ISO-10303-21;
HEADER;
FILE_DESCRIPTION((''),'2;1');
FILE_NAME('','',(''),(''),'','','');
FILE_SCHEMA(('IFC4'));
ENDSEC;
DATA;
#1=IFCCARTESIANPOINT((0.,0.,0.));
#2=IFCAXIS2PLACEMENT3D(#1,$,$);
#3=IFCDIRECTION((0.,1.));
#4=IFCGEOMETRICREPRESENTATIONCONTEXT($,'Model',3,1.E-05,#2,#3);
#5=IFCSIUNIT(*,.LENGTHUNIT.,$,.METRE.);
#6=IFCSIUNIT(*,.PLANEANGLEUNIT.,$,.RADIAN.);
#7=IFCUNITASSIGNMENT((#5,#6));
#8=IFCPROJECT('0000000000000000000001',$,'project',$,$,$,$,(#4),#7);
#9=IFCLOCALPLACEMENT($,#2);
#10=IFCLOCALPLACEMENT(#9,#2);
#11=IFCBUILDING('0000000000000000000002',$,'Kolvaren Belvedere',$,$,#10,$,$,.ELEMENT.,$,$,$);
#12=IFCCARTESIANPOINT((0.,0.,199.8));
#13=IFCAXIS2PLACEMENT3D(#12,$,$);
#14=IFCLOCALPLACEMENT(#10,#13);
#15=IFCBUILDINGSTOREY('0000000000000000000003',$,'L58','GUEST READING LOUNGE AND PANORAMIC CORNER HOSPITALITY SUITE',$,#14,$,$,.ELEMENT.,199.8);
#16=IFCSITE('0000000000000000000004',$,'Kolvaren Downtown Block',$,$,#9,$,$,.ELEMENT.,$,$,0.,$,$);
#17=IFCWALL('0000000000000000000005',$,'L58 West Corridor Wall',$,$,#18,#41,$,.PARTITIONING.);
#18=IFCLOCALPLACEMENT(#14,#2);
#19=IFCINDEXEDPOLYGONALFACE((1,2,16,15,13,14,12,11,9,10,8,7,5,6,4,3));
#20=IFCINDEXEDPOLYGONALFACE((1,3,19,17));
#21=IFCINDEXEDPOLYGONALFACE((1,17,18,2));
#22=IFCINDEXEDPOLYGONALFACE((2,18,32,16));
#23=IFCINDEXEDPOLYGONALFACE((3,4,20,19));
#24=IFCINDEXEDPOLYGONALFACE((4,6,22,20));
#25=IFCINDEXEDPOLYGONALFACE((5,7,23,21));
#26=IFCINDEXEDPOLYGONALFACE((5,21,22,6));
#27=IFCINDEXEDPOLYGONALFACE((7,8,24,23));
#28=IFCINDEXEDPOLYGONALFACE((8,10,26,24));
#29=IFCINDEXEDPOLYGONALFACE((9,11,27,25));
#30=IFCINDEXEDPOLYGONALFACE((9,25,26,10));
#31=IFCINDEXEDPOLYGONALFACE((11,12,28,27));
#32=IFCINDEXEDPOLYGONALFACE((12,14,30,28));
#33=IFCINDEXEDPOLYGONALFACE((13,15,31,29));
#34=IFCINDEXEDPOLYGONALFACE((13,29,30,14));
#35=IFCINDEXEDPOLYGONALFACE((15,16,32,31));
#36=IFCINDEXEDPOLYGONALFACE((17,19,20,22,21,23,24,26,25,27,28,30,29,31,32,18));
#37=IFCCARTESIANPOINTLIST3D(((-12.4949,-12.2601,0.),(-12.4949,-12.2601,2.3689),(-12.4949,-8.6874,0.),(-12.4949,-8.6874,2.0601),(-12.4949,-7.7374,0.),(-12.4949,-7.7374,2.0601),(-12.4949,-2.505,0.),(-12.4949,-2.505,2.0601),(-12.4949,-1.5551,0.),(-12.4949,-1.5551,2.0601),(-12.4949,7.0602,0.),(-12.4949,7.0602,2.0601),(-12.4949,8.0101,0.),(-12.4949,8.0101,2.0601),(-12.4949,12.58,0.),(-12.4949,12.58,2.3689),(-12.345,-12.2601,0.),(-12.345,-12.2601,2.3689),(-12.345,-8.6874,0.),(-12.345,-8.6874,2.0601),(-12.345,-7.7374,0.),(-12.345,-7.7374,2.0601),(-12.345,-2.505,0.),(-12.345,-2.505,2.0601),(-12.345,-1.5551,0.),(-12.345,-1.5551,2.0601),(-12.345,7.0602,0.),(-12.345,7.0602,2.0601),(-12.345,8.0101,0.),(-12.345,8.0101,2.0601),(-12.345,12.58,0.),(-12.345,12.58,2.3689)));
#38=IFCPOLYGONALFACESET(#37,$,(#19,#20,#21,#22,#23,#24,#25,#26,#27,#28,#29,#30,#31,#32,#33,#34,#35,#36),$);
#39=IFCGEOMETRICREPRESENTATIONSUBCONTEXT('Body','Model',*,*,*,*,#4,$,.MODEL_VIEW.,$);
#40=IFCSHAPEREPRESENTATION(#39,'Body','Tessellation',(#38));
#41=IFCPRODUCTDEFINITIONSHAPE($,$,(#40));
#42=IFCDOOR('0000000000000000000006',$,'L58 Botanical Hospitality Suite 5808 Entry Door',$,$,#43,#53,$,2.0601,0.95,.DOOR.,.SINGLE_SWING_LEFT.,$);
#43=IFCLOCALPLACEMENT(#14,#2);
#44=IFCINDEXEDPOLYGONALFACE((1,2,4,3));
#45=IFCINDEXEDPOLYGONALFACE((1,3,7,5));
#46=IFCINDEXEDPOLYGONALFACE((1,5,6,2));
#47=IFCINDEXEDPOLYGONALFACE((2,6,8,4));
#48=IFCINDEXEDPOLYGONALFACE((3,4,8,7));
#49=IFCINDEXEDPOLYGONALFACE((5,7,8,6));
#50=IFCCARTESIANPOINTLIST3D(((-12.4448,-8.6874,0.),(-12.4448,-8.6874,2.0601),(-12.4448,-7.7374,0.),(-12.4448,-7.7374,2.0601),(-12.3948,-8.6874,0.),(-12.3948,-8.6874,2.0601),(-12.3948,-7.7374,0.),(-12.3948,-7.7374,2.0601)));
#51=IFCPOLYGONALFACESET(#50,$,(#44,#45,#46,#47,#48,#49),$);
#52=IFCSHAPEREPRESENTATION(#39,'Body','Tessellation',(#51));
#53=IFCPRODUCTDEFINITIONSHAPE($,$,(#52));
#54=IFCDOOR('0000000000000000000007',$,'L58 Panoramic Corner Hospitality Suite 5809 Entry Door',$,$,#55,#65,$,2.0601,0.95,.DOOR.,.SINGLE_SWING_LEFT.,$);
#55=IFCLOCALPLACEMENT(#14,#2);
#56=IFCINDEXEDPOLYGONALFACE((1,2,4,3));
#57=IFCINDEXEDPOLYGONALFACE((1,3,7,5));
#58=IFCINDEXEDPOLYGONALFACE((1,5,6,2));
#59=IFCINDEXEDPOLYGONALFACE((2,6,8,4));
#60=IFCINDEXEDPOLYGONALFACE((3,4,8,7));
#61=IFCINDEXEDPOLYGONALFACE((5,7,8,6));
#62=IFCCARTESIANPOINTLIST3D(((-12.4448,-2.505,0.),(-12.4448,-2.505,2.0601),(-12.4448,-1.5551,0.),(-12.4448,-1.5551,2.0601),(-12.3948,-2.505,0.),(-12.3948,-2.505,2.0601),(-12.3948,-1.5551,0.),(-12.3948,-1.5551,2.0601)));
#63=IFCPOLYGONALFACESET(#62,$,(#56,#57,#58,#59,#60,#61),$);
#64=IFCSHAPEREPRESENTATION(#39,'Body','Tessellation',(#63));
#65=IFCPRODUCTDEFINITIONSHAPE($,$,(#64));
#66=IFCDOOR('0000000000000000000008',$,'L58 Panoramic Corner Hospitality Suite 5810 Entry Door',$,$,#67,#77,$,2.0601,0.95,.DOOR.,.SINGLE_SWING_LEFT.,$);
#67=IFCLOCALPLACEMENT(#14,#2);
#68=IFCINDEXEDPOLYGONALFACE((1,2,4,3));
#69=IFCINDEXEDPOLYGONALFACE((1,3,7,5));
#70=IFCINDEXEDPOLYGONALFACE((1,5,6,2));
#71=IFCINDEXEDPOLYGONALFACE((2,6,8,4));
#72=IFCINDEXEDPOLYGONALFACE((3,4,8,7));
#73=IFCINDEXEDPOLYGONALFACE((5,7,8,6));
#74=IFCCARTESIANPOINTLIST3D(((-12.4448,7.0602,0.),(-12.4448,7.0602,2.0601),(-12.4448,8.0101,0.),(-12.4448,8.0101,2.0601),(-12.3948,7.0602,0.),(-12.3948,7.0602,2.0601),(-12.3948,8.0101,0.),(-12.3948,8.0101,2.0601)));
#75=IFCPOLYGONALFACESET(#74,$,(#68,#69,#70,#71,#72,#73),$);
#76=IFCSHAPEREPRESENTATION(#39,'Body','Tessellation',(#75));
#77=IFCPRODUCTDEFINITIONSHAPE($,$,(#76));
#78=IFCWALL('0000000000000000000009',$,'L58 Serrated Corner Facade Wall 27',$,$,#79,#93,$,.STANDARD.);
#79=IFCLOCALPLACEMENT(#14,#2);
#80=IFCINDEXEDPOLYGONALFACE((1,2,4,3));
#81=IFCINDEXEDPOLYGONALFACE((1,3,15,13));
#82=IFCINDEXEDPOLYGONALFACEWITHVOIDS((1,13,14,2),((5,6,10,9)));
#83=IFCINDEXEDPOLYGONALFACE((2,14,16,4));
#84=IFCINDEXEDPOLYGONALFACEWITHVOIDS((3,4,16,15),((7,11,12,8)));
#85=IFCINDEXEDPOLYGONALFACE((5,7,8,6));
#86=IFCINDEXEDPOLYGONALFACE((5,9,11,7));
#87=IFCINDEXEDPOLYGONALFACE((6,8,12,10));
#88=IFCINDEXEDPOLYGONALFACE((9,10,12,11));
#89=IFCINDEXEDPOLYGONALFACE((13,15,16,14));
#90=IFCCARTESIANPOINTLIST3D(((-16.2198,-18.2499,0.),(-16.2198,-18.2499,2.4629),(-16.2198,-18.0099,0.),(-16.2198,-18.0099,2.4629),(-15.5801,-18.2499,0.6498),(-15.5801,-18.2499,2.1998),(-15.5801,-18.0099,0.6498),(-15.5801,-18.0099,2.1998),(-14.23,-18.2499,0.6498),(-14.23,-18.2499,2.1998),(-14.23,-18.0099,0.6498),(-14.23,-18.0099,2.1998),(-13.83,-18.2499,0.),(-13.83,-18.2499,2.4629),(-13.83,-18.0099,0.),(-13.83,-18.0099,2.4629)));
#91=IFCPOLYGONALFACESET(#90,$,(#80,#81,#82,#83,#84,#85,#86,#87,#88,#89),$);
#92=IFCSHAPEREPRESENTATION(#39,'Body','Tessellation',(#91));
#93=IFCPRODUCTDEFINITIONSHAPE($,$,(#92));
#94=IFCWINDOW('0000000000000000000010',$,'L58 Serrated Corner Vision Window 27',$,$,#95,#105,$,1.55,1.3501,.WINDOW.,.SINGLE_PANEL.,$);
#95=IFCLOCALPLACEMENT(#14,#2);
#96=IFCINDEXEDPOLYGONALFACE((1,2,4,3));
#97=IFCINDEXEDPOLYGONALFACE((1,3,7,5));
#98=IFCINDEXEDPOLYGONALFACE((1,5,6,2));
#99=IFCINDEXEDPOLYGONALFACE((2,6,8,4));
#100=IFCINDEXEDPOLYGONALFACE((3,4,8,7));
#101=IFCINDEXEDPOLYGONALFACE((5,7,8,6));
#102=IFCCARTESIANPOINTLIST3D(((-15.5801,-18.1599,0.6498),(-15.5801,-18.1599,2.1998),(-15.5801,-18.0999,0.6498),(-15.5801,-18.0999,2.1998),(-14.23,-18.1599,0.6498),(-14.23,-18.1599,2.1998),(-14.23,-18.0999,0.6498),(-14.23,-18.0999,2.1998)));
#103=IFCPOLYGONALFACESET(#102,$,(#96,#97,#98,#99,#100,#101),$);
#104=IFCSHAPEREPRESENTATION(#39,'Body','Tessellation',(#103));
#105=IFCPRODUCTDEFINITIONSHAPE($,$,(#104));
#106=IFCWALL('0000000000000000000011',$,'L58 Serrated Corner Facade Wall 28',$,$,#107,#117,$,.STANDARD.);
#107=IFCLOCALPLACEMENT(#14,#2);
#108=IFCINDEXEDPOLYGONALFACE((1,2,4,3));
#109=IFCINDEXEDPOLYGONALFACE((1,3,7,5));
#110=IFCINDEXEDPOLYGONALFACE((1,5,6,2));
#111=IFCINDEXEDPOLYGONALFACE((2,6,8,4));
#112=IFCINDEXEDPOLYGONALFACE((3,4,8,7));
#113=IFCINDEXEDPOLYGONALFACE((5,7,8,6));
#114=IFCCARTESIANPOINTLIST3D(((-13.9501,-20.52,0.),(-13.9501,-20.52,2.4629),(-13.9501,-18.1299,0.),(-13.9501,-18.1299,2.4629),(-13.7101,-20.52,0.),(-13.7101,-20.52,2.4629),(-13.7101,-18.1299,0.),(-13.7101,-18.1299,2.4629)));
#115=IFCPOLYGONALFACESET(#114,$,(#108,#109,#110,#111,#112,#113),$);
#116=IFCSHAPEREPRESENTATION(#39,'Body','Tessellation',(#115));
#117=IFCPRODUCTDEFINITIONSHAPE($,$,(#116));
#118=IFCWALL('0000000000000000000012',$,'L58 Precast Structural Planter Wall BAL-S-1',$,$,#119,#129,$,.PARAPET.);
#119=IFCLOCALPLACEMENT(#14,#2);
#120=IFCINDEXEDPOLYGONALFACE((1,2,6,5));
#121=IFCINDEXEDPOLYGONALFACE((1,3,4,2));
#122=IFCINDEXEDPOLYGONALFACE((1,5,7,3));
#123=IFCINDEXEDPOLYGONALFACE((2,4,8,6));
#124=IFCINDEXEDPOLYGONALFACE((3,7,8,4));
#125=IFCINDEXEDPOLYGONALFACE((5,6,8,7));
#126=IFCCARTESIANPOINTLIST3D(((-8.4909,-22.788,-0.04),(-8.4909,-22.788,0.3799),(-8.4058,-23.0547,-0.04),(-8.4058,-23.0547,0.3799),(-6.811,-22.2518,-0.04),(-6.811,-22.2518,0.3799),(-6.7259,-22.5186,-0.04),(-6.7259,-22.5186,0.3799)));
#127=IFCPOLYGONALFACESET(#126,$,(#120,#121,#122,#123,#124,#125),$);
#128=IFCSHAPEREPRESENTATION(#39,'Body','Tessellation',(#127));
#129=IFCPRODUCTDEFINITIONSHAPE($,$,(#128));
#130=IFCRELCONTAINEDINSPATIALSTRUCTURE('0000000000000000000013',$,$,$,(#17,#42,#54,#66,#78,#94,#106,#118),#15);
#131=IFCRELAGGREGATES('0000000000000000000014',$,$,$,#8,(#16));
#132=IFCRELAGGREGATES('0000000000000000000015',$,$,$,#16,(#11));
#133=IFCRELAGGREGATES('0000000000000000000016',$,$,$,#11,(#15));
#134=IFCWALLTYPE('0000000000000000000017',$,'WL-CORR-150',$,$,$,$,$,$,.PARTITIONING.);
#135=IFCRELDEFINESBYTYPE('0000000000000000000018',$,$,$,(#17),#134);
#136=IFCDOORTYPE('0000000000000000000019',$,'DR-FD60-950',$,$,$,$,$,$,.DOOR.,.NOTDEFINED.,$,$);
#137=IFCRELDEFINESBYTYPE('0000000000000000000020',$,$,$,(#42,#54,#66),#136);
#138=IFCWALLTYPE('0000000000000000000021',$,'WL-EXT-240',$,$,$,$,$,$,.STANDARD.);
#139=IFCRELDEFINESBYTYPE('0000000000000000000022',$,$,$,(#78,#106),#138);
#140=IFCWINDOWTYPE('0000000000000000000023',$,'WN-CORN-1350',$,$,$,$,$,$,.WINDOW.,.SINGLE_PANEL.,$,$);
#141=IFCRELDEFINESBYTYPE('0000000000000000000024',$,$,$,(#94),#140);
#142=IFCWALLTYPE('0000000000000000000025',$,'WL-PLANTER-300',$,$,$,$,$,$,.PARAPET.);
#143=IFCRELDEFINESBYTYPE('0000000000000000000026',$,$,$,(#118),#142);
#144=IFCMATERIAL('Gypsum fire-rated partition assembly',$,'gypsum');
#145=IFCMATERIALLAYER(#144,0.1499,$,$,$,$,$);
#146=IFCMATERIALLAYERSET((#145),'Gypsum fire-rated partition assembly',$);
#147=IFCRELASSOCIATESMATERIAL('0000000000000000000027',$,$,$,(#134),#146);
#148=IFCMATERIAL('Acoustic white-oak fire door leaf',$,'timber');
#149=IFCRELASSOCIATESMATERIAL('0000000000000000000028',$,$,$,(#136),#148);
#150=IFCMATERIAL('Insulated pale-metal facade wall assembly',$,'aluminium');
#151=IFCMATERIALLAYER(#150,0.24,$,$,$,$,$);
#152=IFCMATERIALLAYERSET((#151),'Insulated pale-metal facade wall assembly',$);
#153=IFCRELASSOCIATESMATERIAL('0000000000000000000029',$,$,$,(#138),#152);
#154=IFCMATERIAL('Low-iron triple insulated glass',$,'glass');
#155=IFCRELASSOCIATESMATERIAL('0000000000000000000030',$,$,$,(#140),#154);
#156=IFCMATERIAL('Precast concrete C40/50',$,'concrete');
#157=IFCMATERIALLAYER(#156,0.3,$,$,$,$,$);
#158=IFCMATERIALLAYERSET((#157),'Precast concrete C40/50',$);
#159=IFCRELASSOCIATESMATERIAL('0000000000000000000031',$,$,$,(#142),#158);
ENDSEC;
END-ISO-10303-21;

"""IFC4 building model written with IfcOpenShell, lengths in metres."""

from ifc_helpers import new_model, si_unit, direction, frame, frame_2d, origin, place, context, subcontext, project, spatial, rectangle, extrude, material, layer, layer_set, type_object, element, fill, save


model = new_model("IFC4")

# Units and contexts
model_context = context("Model", 3, precision=1e-05, world=origin(), true_north=direction((0.0, 1.0)))
body_context = subcontext(model_context, "Body", "Model", "MODEL_VIEW")
ifc_project = project(units=[si_unit("LENGTHUNIT", "METRE"), si_unit("PLANEANGLEUNIT", "RADIAN")], contexts=[model_context])

# Site, building, storey
site_placement = place(None, origin())
site = spatial("IfcSite", under=ifc_project, at=site_placement, Name="Kolvaren Downtown Block", CompositionType="ELEMENT", RefElevation=0.0)
building_placement = place(site_placement, origin())
building = spatial("IfcBuilding", under=site, at=building_placement, Name="Kolvaren Belvedere", CompositionType="ELEMENT")
storey_placement = place(building_placement, frame((0.0, 0.0, 199.8)))
storey = spatial("IfcBuildingStorey", under=building, at=storey_placement, Name="L58", Description="GUEST READING LOUNGE AND PANORAMIC CORNER HOSPITALITY SUITE", CompositionType="ELEMENT", Elevation=199.8)

# Wall, openings, doors
ifc_material_1 = material(Name="Gypsum fire-rated partition assembly", Category="gypsum")
ifc_layer_1 = layer(ifc_material_1, 0.1499)
ifc_layer_set_1 = layer_set([ifc_layer_1], Name="Gypsum fire-rated partition assembly")
wall_type_1 = type_object("IfcWallType", Name="WL-CORR-150", PredefinedType="PARTITIONING", material=ifc_layer_set_1)
wall_1_placement = place(storey_placement, frame((-12.4199, -12.26, 0.0), z_axis=(0.0, 0.0, 1.0), x_axis=(0.0, 1.0, 0.0)))
wall_1 = element("IfcWall", 1, at=wall_1_placement, inside=storey, type_object=wall_type_1, Name="L58 West Corridor Wall", PredefinedType="PARTITIONING", context=body_context, shape_type="SweptSolid", body=[
    extrude(rectangle(XDim=24.8401, YDim=0.1499, at=frame_2d((12.4199, 0.0))), origin(), (0.0, 0.0, 1.0), 2.3689),
])
opening_1_placement = place(wall_1_placement, frame((3.5725, 0.0, 0.0)))
opening_1 = element("IfcOpeningElement", 2, at=opening_1_placement, cuts=wall_1, PredefinedType="OPENING", context=body_context, shape_type="SweptSolid", body=[
    extrude(rectangle(XDim=0.95, YDim=2.0601, at=frame_2d((0.4751, 1.03))), frame((0.0, 0.085, 0.0), z_axis=(0.0, -1.0, 0.0), x_axis=(1.0, 0.0, 0.0)), (0.0, 0.0, 1.0), 0.1699),
])
opening_2_placement = place(wall_1_placement, frame((9.7549, 0.0, 0.0)))
opening_2 = element("IfcOpeningElement", 3, at=opening_2_placement, cuts=wall_1, PredefinedType="OPENING", context=body_context, shape_type="SweptSolid", body=[
    extrude(rectangle(XDim=0.95, YDim=2.0601, at=frame_2d((0.4751, 1.03))), frame((0.0, 0.085, 0.0), z_axis=(0.0, -1.0, 0.0), x_axis=(1.0, 0.0, 0.0)), (0.0, 0.0, 1.0), 0.1699),
])
opening_3_placement = place(wall_1_placement, frame((19.3201, 0.0, 0.0)))
opening_3 = element("IfcOpeningElement", 4, at=opening_3_placement, cuts=wall_1, PredefinedType="OPENING", context=body_context, shape_type="SweptSolid", body=[
    extrude(rectangle(XDim=0.95, YDim=2.0601, at=frame_2d((0.4751, 1.03))), frame((0.0, 0.085, 0.0), z_axis=(0.0, -1.0, 0.0), x_axis=(1.0, 0.0, 0.0)), (0.0, 0.0, 1.0), 0.1699),
])
ifc_material_2 = material(Name="Acoustic white-oak fire door leaf", Category="timber")
door_type_1 = type_object("IfcDoorType", Name="DR-FD60-950", OperationType="NOTDEFINED", PredefinedType="DOOR", material=ifc_material_2)
door_1_placement = place(opening_1_placement, origin())
door_1 = element("IfcDoor", 5, at=door_1_placement, inside=storey, type_object=door_type_1, Name="L58 Botanical Hospitality Suite 5808 Entry Door", OperationType="SINGLE_SWING_LEFT", OverallHeight=2.0601, OverallWidth=0.95, PredefinedType="DOOR", context=body_context, shape_type="SweptSolid", body=[
    extrude(rectangle(XDim=0.95, YDim=2.0601, at=frame_2d((0.4751, 1.03))), frame((0.0, 0.0249, 0.0), z_axis=(0.0, -1.0, 0.0), x_axis=(1.0, 0.0, 0.0)), (0.0, 0.0, 1.0), 0.05),
])
fill(opening_1, door_1)
door_2_placement = place(opening_2_placement, origin())
door_2 = element("IfcDoor", 6, at=door_2_placement, inside=storey, type_object=door_type_1, Name="L58 Panoramic Corner Hospitality Suite 5809 Entry Door", OperationType="SINGLE_SWING_LEFT", OverallHeight=2.0601, OverallWidth=0.95, PredefinedType="DOOR", context=body_context, shape_type="SweptSolid", body=[
    extrude(rectangle(XDim=0.95, YDim=2.0601, at=frame_2d((0.4751, 1.03))), frame((0.0, 0.0249, 0.0), z_axis=(0.0, -1.0, 0.0), x_axis=(1.0, 0.0, 0.0)), (0.0, 0.0, 1.0), 0.05),
])
fill(opening_2, door_2)
door_3_placement = place(opening_3_placement, origin())
door_3 = element("IfcDoor", 7, at=door_3_placement, inside=storey, type_object=door_type_1, Name="L58 Panoramic Corner Hospitality Suite 5810 Entry Door", OperationType="SINGLE_SWING_LEFT", OverallHeight=2.0601, OverallWidth=0.95, PredefinedType="DOOR", context=body_context, shape_type="SweptSolid", body=[
    extrude(rectangle(XDim=0.95, YDim=2.0601, at=frame_2d((0.4751, 1.03))), frame((0.0, 0.0249, 0.0), z_axis=(0.0, -1.0, 0.0), x_axis=(1.0, 0.0, 0.0)), (0.0, 0.0, 1.0), 0.05),
])
fill(opening_3, door_3)

# Wall, opening, window
ifc_material_3 = material(Name="Insulated pale-metal facade wall assembly", Category="aluminium")
ifc_layer_2 = layer(ifc_material_3, 0.24)
ifc_layer_set_2 = layer_set([ifc_layer_2], Name="Insulated pale-metal facade wall assembly")
wall_type_2 = type_object("IfcWallType", Name="WL-EXT-240", PredefinedType="STANDARD", material=ifc_layer_set_2)
wall_2_placement = place(storey_placement, frame((-13.8301, -18.1299, 0.0), z_axis=(0.0, 0.0, 1.0), x_axis=(-1.0, 0.0, 0.0)))
wall_2 = element("IfcWall", 8, at=wall_2_placement, inside=storey, type_object=wall_type_2, Name="L58 Serrated Corner Facade Wall 27", PredefinedType="STANDARD", context=body_context, shape_type="SweptSolid", body=[
    extrude(rectangle(XDim=2.3899, YDim=0.24, at=frame_2d((1.1948, 0.0))), origin(), (0.0, 0.0, 1.0), 2.4629),
])
opening_4_placement = place(wall_2_placement, frame((0.3999, 0.0, 0.6499)))
opening_4 = element("IfcOpeningElement", 9, at=opening_4_placement, cuts=wall_2, PredefinedType="OPENING", context=body_context, shape_type="SweptSolid", body=[
    extrude(rectangle(XDim=1.3501, YDim=1.55, at=frame_2d((0.675, 0.7749))), frame((0.0, 0.1299, 0.0), z_axis=(0.0, -1.0, 0.0), x_axis=(1.0, 0.0, 0.0)), (0.0, 0.0, 1.0), 0.26),
])
ifc_material_4 = material(Name="Low-iron triple insulated glass", Category="glass")
window_type = type_object("IfcWindowType", Name="WN-CORN-1350", PartitioningType="SINGLE_PANEL", PredefinedType="WINDOW", material=ifc_material_4)
window_placement = place(opening_4_placement, origin())
window = element("IfcWindow", 10, at=window_placement, inside=storey, type_object=window_type, Name="L58 Serrated Corner Vision Window 27", OverallHeight=1.55, OverallWidth=1.3501, PartitioningType="SINGLE_PANEL", PredefinedType="WINDOW", context=body_context, shape_type="SweptSolid", body=[
    extrude(rectangle(XDim=1.3501, YDim=1.55, at=frame_2d((0.675, 0.7749))), frame((0.0, 0.03, 0.0), z_axis=(0.0, -1.0, 0.0), x_axis=(1.0, 0.0, 0.0)), (0.0, 0.0, 1.0), 0.0601),
])
fill(opening_4, window)

# Walls
wall_3_placement = place(storey_placement, frame((-13.8301, -20.52, 0.0), z_axis=(0.0, 0.0, 1.0), x_axis=(0.0, 1.0, 0.0)))
element("IfcWall", 11, at=wall_3_placement, inside=storey, type_object=wall_type_2, Name="L58 Serrated Corner Facade Wall 28", PredefinedType="STANDARD", context=body_context, shape_type="SweptSolid", body=[
    extrude(rectangle(XDim=2.3901, YDim=0.24, at=frame_2d((1.1951, 0.0))), origin(), (0.0, 0.0, 1.0), 2.4629),
])
ifc_material_5 = material(Name="Precast concrete C40/50", Category="concrete")
ifc_layer_3 = layer(ifc_material_5, 0.3)
ifc_layer_set_3 = layer_set([ifc_layer_3], Name="Precast concrete C40/50")
wall_type_3 = type_object("IfcWallType", Name="WL-PLANTER-300", PredefinedType="PARAPET", material=ifc_layer_set_3)
wall_4_placement = place(storey_placement, frame((-8.4485, -22.9214, -0.04), z_axis=(0.0, 0.0, 1.0), x_axis=(0.952662, 0.304032, 0.0)))
element("IfcWall", 12, at=wall_4_placement, inside=storey, type_object=wall_type_3, Name="L58 Precast Structural Planter Wall BAL-S-1", PredefinedType="PARAPET", context=body_context, shape_type="SweptSolid", body=[
    extrude(rectangle(XDim=1.7634, YDim=0.28, at=frame_2d((0.8818, 0.0))), origin(), (0.0, 0.0, 1.0), 0.4199),
])

save(model, "model.ifc")
